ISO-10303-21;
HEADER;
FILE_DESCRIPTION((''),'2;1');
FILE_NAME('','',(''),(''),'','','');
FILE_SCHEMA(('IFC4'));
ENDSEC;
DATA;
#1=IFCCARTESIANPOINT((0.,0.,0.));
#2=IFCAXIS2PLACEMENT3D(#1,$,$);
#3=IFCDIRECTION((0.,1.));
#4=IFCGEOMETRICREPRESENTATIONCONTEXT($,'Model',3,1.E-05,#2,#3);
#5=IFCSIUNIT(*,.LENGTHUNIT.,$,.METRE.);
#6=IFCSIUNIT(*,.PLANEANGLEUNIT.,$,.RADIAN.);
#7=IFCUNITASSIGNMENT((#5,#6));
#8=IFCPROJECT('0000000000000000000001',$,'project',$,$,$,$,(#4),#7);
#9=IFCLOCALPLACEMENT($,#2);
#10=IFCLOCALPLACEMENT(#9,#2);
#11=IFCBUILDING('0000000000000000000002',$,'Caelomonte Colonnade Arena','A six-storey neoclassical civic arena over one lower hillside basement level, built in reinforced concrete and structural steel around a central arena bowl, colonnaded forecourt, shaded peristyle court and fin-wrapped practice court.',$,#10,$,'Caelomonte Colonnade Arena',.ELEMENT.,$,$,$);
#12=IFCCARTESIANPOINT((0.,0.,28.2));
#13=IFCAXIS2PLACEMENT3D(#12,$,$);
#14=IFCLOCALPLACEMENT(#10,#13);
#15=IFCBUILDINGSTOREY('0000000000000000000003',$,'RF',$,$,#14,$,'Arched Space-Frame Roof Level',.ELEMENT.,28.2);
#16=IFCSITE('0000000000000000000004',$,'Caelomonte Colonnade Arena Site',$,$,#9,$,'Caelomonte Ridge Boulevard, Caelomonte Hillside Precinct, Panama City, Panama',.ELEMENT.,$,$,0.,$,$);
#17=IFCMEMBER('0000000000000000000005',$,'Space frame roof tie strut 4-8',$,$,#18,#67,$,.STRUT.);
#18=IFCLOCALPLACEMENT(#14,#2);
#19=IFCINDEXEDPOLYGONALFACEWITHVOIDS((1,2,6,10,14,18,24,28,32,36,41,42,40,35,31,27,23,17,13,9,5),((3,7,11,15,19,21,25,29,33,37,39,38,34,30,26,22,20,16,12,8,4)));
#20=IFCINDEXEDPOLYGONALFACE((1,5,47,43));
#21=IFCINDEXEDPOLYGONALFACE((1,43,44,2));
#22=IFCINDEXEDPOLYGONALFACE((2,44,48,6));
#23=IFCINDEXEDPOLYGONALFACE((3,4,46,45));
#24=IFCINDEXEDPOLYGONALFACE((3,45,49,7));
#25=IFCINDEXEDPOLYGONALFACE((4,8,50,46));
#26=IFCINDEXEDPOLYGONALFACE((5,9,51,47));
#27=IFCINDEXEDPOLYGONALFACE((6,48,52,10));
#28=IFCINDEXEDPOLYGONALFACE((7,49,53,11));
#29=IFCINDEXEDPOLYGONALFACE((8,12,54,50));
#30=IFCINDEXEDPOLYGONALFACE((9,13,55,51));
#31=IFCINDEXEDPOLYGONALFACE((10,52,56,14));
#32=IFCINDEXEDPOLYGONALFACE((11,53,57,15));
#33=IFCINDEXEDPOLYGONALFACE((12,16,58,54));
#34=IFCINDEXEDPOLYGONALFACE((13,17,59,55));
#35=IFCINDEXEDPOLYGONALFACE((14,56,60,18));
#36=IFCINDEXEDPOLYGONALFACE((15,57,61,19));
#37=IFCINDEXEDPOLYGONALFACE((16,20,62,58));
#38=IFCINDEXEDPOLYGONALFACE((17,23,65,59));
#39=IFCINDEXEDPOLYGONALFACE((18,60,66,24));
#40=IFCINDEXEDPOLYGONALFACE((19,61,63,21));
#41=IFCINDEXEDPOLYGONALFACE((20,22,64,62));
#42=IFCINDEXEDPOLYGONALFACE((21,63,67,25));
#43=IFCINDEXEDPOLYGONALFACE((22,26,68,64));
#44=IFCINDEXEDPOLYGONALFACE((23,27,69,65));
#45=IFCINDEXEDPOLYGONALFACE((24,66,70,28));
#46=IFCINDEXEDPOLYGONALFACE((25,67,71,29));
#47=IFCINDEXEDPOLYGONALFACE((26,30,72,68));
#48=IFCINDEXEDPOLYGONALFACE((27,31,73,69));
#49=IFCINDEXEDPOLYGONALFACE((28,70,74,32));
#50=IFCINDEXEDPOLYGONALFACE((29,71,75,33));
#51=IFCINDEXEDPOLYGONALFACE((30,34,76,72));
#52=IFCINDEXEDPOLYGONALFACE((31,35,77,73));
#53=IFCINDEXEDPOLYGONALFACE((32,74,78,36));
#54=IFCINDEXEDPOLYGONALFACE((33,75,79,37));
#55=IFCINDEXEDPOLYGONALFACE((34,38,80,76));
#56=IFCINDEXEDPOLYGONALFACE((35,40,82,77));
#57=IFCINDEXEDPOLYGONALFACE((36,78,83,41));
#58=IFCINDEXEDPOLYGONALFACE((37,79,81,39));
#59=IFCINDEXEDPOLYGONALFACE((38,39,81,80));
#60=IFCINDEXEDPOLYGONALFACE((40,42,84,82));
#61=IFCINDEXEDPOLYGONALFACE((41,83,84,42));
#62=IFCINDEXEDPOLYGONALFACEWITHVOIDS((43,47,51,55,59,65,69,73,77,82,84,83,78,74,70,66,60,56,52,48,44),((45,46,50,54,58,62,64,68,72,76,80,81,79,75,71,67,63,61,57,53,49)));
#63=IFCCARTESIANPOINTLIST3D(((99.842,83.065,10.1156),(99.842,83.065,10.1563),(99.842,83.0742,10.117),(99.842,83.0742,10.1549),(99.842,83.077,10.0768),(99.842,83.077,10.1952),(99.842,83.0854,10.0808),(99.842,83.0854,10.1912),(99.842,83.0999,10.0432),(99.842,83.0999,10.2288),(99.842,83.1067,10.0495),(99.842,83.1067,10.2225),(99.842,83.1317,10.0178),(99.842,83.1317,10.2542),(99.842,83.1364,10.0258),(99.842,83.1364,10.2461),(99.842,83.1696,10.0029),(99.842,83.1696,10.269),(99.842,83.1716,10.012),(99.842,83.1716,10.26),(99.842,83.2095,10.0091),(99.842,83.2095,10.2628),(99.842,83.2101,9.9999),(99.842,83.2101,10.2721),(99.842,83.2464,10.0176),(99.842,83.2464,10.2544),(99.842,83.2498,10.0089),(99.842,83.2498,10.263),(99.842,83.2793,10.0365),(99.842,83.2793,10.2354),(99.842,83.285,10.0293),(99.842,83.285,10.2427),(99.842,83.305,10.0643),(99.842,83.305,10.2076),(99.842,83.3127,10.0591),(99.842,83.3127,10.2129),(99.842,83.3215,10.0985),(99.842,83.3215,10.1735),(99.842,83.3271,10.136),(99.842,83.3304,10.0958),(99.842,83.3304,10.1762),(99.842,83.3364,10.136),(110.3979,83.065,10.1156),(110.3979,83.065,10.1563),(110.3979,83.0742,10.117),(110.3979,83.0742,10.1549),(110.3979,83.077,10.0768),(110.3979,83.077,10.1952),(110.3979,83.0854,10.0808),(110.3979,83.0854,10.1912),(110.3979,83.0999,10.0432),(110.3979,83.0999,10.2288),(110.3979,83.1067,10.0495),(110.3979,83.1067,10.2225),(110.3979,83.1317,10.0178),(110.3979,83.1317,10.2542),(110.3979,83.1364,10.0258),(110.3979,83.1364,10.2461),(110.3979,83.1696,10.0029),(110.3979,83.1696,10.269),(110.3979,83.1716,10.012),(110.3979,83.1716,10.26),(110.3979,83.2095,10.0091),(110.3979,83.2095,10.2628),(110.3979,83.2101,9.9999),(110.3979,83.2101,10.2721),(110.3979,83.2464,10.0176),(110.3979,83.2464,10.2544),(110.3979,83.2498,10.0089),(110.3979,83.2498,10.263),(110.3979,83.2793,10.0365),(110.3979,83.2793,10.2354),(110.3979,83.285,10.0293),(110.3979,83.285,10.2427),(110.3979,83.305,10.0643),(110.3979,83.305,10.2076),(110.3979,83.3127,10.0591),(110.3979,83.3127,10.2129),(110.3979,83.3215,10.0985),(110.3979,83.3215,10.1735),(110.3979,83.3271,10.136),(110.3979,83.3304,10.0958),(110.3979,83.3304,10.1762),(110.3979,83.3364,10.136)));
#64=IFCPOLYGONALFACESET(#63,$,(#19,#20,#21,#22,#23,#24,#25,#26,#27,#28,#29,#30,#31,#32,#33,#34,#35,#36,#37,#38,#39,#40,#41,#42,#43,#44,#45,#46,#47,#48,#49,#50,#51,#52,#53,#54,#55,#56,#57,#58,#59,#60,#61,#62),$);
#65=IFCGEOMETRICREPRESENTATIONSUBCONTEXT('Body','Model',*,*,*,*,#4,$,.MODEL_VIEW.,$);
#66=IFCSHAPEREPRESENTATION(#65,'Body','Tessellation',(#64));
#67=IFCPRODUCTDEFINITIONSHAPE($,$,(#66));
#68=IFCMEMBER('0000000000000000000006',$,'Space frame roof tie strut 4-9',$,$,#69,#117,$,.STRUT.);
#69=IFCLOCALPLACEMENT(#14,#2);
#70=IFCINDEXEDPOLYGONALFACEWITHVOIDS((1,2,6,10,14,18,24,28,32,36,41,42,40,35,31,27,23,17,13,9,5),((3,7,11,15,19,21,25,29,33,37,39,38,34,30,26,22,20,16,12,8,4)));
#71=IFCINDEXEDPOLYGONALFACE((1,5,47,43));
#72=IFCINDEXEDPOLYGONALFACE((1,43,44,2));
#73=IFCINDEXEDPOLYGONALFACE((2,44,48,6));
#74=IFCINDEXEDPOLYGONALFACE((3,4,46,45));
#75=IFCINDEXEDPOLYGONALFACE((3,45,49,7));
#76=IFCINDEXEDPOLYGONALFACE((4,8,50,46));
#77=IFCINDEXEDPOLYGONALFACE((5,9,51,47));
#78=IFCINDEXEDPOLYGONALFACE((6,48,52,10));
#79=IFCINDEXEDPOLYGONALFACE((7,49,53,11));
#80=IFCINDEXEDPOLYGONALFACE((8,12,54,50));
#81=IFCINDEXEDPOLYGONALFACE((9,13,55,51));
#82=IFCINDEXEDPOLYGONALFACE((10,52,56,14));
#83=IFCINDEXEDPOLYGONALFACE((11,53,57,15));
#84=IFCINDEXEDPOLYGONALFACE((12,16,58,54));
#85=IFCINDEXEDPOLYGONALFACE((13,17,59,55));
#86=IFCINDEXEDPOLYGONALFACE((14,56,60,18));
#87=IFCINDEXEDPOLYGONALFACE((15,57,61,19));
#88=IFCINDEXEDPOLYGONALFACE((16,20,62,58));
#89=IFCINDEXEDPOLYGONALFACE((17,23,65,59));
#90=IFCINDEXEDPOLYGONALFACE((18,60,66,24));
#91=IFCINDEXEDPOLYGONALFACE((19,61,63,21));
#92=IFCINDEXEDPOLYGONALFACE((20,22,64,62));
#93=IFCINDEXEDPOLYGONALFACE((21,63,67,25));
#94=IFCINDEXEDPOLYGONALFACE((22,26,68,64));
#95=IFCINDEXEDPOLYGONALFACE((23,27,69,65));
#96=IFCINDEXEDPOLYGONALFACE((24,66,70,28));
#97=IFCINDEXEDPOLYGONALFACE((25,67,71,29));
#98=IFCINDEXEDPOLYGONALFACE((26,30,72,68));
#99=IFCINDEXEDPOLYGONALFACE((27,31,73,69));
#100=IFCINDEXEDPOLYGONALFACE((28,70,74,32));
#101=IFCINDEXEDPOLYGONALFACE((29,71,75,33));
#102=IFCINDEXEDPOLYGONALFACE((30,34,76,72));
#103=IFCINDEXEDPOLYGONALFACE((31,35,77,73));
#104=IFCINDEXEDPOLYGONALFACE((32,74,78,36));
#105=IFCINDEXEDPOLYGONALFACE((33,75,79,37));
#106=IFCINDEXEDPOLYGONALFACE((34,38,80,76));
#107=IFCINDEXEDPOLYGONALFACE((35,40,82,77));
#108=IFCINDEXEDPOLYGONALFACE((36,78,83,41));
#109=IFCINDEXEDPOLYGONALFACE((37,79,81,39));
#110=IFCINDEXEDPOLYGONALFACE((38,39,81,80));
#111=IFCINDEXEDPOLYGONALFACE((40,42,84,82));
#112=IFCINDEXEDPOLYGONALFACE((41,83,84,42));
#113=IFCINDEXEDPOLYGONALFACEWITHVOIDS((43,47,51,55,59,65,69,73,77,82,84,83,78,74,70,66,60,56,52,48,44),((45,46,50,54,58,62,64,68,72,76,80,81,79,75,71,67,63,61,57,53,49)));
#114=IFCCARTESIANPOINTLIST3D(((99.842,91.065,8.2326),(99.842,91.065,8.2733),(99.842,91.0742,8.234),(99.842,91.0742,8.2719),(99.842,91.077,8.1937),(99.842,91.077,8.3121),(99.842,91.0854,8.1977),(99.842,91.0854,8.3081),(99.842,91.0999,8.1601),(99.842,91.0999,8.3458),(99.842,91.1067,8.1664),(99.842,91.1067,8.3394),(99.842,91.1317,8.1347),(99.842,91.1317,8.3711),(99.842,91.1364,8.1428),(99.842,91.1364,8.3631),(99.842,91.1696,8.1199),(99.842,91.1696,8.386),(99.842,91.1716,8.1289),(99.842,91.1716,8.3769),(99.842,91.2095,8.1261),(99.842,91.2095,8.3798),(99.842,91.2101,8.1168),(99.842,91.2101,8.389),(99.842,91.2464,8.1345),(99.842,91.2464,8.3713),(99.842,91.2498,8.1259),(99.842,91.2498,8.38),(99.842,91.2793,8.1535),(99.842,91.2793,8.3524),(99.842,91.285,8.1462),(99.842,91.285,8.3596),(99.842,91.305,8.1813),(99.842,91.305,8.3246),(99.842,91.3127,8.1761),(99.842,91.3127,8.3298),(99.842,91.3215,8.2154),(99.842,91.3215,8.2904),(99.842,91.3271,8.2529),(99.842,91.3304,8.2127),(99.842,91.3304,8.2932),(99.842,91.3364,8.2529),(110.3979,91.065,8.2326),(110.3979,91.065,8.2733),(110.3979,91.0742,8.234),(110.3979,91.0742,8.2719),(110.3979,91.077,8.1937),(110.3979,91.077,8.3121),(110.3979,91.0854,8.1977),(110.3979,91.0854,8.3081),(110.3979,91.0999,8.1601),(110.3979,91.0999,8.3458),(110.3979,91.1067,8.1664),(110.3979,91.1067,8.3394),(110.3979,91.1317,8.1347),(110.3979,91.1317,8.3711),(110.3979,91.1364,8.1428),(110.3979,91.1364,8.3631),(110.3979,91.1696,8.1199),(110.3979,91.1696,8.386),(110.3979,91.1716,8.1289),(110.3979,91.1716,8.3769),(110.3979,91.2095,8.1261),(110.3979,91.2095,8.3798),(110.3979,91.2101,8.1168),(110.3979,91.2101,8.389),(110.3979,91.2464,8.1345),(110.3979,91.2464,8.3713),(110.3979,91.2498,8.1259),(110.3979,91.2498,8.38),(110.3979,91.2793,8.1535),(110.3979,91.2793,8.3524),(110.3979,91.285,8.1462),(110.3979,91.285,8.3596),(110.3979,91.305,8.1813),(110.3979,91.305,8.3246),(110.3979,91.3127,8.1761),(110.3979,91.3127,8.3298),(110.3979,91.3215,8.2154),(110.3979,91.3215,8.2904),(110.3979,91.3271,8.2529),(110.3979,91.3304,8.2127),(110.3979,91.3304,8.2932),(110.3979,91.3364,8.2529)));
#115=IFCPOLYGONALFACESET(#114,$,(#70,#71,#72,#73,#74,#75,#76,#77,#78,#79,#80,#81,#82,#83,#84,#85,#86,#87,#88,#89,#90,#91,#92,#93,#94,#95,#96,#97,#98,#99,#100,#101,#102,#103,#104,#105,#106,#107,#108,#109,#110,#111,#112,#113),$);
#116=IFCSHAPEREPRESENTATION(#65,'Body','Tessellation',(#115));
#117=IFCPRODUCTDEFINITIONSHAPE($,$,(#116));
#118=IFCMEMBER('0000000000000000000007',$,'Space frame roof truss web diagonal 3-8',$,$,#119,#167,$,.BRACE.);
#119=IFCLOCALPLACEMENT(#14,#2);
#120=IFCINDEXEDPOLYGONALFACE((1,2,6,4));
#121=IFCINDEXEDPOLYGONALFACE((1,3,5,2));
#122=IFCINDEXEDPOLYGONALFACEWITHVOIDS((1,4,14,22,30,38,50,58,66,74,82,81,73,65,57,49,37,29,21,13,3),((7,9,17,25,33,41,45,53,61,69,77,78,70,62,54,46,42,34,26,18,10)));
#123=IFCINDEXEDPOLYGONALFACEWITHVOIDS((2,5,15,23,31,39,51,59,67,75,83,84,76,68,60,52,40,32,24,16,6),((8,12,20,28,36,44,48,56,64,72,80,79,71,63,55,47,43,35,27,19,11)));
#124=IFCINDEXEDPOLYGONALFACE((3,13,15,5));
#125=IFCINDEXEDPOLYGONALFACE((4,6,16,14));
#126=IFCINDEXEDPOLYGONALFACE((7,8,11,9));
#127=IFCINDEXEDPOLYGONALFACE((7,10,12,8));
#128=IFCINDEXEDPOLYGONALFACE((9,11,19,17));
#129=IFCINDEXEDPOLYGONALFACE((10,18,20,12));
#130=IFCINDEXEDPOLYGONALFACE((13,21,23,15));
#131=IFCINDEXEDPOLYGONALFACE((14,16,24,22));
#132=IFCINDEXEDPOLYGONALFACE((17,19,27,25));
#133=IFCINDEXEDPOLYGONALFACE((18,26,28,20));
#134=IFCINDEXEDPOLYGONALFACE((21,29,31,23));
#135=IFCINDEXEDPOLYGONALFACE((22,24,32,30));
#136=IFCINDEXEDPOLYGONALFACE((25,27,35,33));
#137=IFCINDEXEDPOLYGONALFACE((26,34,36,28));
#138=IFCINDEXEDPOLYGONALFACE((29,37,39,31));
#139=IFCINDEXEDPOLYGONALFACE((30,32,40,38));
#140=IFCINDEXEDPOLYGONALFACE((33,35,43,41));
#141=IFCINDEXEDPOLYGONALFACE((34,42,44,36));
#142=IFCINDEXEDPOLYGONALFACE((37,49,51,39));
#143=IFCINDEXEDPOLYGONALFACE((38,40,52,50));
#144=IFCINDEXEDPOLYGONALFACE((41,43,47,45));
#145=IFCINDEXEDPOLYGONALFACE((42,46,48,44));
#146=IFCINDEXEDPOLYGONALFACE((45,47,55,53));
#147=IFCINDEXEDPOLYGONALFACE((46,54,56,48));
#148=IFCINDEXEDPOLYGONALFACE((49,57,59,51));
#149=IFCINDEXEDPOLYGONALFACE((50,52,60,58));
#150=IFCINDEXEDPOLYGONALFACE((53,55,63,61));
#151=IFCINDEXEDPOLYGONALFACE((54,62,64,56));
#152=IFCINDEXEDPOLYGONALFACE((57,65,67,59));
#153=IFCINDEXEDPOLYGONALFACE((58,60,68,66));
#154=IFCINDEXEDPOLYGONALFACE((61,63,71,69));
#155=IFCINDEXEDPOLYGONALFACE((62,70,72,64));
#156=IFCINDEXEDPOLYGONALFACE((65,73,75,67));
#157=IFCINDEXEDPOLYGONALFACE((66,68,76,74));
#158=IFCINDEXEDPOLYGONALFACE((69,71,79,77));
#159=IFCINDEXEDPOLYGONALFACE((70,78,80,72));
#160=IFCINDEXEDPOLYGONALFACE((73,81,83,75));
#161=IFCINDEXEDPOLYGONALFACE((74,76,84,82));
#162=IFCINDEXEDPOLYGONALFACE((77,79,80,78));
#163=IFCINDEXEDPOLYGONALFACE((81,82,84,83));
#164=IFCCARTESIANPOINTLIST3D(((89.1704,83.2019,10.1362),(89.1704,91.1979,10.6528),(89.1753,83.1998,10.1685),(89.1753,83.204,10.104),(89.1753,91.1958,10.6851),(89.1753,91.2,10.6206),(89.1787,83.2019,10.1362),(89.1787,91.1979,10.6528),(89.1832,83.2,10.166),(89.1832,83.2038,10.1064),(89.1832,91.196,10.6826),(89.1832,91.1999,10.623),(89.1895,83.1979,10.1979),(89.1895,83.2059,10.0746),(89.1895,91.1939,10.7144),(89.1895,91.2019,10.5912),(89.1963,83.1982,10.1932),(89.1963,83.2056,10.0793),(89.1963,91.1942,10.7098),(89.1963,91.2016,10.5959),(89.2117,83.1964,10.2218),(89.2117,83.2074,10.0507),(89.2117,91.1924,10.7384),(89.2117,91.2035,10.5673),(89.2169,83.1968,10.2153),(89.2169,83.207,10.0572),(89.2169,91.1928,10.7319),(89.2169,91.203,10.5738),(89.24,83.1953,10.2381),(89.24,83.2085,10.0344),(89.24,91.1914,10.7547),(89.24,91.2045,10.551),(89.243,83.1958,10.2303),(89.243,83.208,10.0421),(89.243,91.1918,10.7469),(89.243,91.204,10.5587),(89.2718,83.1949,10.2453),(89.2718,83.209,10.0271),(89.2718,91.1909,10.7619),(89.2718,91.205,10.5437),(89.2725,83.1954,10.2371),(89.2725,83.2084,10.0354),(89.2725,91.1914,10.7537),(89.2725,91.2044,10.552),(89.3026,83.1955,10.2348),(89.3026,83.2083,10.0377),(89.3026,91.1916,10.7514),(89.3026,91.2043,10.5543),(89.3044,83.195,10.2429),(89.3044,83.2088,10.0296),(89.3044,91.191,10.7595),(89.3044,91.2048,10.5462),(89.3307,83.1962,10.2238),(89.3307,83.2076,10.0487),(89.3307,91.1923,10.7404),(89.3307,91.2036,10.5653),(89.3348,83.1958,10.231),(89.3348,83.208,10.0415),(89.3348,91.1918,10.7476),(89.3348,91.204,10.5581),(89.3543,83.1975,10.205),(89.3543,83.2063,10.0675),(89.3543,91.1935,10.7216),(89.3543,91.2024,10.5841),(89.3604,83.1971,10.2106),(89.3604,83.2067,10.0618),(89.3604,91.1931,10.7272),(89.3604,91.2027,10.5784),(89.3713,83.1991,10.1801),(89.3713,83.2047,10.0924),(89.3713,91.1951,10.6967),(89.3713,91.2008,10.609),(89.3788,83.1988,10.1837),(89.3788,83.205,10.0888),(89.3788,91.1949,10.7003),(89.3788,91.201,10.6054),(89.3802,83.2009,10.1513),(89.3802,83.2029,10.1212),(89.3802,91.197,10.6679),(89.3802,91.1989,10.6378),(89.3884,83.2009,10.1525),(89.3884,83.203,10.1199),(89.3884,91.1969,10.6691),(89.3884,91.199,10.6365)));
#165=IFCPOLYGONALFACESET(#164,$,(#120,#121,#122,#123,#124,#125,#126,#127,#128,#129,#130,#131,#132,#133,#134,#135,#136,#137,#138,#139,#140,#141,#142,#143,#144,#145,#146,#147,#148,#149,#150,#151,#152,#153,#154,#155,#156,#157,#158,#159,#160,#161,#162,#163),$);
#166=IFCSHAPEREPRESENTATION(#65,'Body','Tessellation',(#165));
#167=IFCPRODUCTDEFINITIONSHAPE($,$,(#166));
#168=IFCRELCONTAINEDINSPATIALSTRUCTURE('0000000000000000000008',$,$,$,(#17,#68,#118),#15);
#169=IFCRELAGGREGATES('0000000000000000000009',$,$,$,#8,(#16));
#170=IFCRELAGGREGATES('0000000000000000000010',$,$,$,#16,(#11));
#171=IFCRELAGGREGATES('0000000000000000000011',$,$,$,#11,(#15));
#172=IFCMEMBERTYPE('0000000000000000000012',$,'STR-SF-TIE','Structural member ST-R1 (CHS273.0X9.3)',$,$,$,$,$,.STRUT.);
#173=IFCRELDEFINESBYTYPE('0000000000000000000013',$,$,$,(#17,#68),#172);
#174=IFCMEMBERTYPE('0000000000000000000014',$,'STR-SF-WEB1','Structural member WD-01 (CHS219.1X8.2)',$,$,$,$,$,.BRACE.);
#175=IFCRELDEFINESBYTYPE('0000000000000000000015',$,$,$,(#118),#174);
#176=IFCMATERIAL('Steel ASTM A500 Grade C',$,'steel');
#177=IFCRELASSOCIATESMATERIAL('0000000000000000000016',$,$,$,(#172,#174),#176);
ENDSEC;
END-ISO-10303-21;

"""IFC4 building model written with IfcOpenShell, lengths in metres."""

from ifc_helpers import new_model, si_unit, direction, frame, origin, origin_2d, place, context, subcontext, project, spatial, hollow_circle, extrude, material, material_profile, profile_set, type_object, element, save


model = new_model("IFC4")

# Units and contexts
model_context = context("Model", 3, precision=1e-05, world=origin(), true_north=direction((0.0, 1.0)))
body_context = subcontext(model_context, "Body", "Model", "MODEL_VIEW")
ifc_project = project(units=[si_unit("LENGTHUNIT", "METRE"), si_unit("PLANEANGLEUNIT", "RADIAN")], contexts=[model_context])

# Site, building, storey
site_placement = place(None, origin())
site = spatial("IfcSite", under=ifc_project, at=site_placement, Name="Caelomonte Colonnade Arena Site", LongName="Caelomonte Ridge Boulevard, Caelomonte Hillside Precinct, Panama City, Panama", CompositionType="ELEMENT", RefElevation=0.0)
building_placement = place(site_placement, origin())
building = spatial("IfcBuilding", under=site, at=building_placement, Name="Caelomonte Colonnade Arena", Description="A six-storey neoclassical civic arena over one lower hillside basement level, built in reinforced concrete and structural steel around a central arena bowl, colonnaded forecourt, shaded peristyle court and fin-wrapped practice court.", LongName="Caelomonte Colonnade Arena", CompositionType="ELEMENT")
storey_placement = place(building_placement, frame((0.0, 0.0, 28.2)))
storey = spatial("IfcBuildingStorey", under=building, at=storey_placement, Name="RF", LongName="Arched Space-Frame Roof Level", CompositionType="ELEMENT", Elevation=28.2)

# Members
ifc_material_1 = material(Name="Steel ASTM A500 Grade C", Category="steel")
ifc_material_profile_1 = material_profile(ifc_material_1, hollow_circle(Radius=0.1365, WallThickness=0.0093, at=origin_2d()), Name="CHS273.0X9.3")
ifc_profile_set_1 = profile_set([ifc_material_profile_1], Name="Steel ASTM A500 Grade C")
member_type_1 = type_object("IfcMemberType", Name="STR-SF-TIE", Description="Structural member ST-R1 (CHS273.0X9.3)", PredefinedType="STRUT", material=ifc_profile_set_1)
for number, where, z_axis, x_axis, name in (
    (1, (99.842, 83.2, 10.136), (1.0, 0.0, 0.0), (0.0, 1.0, 0.0), "Space frame roof tie strut 4-8"),
    (2, (99.842, 91.2, 8.2529), (1.0, 0.0, 0.0), (0.0, 1.0, 0.0), "Space frame roof tie strut 4-9"),
):
    element("IfcMember", number, at=place(storey_placement, frame(where, z_axis=z_axis, x_axis=x_axis)), inside=storey, type_object=member_type_1, Name=name, PredefinedType="STRUT", context=body_context, shape_type="SweptSolid", body=[
        extrude(hollow_circle(Radius=0.1365, WallThickness=0.0093, at=origin_2d()), origin(), (0.0, 0.0, 1.0), 10.5559),
    ])
ifc_material_profile_2 = material_profile(ifc_material_1, hollow_circle(Radius=0.1096, WallThickness=0.0083, at=origin_2d()), Name="CHS219.1X8.2")
ifc_profile_set_2 = profile_set([ifc_material_profile_2], Name="Steel ASTM A500 Grade C")
member_type_2 = type_object("IfcMemberType", Name="STR-SF-WEB1", Description="Structural member WD-01 (CHS219.1X8.2)", PredefinedType="BRACE", material=ifc_profile_set_2)
member_1_placement = place(storey_placement, frame((89.28, 83.2019, 10.1362), z_axis=(0.0, 0.997919, 0.064472), x_axis=(-1.0, 0.0, 0.0)))
element("IfcMember", 3, at=member_1_placement, inside=storey, type_object=member_type_2, Name="Space frame roof truss web diagonal 3-8", PredefinedType="BRACE", context=body_context, shape_type="SweptSolid", body=[
    extrude(hollow_circle(Radius=0.1096, WallThickness=0.0083, at=origin_2d()), origin(), (0.0, 0.0, 1.0), 8.0127),
])

save(model, "model.ifc")
